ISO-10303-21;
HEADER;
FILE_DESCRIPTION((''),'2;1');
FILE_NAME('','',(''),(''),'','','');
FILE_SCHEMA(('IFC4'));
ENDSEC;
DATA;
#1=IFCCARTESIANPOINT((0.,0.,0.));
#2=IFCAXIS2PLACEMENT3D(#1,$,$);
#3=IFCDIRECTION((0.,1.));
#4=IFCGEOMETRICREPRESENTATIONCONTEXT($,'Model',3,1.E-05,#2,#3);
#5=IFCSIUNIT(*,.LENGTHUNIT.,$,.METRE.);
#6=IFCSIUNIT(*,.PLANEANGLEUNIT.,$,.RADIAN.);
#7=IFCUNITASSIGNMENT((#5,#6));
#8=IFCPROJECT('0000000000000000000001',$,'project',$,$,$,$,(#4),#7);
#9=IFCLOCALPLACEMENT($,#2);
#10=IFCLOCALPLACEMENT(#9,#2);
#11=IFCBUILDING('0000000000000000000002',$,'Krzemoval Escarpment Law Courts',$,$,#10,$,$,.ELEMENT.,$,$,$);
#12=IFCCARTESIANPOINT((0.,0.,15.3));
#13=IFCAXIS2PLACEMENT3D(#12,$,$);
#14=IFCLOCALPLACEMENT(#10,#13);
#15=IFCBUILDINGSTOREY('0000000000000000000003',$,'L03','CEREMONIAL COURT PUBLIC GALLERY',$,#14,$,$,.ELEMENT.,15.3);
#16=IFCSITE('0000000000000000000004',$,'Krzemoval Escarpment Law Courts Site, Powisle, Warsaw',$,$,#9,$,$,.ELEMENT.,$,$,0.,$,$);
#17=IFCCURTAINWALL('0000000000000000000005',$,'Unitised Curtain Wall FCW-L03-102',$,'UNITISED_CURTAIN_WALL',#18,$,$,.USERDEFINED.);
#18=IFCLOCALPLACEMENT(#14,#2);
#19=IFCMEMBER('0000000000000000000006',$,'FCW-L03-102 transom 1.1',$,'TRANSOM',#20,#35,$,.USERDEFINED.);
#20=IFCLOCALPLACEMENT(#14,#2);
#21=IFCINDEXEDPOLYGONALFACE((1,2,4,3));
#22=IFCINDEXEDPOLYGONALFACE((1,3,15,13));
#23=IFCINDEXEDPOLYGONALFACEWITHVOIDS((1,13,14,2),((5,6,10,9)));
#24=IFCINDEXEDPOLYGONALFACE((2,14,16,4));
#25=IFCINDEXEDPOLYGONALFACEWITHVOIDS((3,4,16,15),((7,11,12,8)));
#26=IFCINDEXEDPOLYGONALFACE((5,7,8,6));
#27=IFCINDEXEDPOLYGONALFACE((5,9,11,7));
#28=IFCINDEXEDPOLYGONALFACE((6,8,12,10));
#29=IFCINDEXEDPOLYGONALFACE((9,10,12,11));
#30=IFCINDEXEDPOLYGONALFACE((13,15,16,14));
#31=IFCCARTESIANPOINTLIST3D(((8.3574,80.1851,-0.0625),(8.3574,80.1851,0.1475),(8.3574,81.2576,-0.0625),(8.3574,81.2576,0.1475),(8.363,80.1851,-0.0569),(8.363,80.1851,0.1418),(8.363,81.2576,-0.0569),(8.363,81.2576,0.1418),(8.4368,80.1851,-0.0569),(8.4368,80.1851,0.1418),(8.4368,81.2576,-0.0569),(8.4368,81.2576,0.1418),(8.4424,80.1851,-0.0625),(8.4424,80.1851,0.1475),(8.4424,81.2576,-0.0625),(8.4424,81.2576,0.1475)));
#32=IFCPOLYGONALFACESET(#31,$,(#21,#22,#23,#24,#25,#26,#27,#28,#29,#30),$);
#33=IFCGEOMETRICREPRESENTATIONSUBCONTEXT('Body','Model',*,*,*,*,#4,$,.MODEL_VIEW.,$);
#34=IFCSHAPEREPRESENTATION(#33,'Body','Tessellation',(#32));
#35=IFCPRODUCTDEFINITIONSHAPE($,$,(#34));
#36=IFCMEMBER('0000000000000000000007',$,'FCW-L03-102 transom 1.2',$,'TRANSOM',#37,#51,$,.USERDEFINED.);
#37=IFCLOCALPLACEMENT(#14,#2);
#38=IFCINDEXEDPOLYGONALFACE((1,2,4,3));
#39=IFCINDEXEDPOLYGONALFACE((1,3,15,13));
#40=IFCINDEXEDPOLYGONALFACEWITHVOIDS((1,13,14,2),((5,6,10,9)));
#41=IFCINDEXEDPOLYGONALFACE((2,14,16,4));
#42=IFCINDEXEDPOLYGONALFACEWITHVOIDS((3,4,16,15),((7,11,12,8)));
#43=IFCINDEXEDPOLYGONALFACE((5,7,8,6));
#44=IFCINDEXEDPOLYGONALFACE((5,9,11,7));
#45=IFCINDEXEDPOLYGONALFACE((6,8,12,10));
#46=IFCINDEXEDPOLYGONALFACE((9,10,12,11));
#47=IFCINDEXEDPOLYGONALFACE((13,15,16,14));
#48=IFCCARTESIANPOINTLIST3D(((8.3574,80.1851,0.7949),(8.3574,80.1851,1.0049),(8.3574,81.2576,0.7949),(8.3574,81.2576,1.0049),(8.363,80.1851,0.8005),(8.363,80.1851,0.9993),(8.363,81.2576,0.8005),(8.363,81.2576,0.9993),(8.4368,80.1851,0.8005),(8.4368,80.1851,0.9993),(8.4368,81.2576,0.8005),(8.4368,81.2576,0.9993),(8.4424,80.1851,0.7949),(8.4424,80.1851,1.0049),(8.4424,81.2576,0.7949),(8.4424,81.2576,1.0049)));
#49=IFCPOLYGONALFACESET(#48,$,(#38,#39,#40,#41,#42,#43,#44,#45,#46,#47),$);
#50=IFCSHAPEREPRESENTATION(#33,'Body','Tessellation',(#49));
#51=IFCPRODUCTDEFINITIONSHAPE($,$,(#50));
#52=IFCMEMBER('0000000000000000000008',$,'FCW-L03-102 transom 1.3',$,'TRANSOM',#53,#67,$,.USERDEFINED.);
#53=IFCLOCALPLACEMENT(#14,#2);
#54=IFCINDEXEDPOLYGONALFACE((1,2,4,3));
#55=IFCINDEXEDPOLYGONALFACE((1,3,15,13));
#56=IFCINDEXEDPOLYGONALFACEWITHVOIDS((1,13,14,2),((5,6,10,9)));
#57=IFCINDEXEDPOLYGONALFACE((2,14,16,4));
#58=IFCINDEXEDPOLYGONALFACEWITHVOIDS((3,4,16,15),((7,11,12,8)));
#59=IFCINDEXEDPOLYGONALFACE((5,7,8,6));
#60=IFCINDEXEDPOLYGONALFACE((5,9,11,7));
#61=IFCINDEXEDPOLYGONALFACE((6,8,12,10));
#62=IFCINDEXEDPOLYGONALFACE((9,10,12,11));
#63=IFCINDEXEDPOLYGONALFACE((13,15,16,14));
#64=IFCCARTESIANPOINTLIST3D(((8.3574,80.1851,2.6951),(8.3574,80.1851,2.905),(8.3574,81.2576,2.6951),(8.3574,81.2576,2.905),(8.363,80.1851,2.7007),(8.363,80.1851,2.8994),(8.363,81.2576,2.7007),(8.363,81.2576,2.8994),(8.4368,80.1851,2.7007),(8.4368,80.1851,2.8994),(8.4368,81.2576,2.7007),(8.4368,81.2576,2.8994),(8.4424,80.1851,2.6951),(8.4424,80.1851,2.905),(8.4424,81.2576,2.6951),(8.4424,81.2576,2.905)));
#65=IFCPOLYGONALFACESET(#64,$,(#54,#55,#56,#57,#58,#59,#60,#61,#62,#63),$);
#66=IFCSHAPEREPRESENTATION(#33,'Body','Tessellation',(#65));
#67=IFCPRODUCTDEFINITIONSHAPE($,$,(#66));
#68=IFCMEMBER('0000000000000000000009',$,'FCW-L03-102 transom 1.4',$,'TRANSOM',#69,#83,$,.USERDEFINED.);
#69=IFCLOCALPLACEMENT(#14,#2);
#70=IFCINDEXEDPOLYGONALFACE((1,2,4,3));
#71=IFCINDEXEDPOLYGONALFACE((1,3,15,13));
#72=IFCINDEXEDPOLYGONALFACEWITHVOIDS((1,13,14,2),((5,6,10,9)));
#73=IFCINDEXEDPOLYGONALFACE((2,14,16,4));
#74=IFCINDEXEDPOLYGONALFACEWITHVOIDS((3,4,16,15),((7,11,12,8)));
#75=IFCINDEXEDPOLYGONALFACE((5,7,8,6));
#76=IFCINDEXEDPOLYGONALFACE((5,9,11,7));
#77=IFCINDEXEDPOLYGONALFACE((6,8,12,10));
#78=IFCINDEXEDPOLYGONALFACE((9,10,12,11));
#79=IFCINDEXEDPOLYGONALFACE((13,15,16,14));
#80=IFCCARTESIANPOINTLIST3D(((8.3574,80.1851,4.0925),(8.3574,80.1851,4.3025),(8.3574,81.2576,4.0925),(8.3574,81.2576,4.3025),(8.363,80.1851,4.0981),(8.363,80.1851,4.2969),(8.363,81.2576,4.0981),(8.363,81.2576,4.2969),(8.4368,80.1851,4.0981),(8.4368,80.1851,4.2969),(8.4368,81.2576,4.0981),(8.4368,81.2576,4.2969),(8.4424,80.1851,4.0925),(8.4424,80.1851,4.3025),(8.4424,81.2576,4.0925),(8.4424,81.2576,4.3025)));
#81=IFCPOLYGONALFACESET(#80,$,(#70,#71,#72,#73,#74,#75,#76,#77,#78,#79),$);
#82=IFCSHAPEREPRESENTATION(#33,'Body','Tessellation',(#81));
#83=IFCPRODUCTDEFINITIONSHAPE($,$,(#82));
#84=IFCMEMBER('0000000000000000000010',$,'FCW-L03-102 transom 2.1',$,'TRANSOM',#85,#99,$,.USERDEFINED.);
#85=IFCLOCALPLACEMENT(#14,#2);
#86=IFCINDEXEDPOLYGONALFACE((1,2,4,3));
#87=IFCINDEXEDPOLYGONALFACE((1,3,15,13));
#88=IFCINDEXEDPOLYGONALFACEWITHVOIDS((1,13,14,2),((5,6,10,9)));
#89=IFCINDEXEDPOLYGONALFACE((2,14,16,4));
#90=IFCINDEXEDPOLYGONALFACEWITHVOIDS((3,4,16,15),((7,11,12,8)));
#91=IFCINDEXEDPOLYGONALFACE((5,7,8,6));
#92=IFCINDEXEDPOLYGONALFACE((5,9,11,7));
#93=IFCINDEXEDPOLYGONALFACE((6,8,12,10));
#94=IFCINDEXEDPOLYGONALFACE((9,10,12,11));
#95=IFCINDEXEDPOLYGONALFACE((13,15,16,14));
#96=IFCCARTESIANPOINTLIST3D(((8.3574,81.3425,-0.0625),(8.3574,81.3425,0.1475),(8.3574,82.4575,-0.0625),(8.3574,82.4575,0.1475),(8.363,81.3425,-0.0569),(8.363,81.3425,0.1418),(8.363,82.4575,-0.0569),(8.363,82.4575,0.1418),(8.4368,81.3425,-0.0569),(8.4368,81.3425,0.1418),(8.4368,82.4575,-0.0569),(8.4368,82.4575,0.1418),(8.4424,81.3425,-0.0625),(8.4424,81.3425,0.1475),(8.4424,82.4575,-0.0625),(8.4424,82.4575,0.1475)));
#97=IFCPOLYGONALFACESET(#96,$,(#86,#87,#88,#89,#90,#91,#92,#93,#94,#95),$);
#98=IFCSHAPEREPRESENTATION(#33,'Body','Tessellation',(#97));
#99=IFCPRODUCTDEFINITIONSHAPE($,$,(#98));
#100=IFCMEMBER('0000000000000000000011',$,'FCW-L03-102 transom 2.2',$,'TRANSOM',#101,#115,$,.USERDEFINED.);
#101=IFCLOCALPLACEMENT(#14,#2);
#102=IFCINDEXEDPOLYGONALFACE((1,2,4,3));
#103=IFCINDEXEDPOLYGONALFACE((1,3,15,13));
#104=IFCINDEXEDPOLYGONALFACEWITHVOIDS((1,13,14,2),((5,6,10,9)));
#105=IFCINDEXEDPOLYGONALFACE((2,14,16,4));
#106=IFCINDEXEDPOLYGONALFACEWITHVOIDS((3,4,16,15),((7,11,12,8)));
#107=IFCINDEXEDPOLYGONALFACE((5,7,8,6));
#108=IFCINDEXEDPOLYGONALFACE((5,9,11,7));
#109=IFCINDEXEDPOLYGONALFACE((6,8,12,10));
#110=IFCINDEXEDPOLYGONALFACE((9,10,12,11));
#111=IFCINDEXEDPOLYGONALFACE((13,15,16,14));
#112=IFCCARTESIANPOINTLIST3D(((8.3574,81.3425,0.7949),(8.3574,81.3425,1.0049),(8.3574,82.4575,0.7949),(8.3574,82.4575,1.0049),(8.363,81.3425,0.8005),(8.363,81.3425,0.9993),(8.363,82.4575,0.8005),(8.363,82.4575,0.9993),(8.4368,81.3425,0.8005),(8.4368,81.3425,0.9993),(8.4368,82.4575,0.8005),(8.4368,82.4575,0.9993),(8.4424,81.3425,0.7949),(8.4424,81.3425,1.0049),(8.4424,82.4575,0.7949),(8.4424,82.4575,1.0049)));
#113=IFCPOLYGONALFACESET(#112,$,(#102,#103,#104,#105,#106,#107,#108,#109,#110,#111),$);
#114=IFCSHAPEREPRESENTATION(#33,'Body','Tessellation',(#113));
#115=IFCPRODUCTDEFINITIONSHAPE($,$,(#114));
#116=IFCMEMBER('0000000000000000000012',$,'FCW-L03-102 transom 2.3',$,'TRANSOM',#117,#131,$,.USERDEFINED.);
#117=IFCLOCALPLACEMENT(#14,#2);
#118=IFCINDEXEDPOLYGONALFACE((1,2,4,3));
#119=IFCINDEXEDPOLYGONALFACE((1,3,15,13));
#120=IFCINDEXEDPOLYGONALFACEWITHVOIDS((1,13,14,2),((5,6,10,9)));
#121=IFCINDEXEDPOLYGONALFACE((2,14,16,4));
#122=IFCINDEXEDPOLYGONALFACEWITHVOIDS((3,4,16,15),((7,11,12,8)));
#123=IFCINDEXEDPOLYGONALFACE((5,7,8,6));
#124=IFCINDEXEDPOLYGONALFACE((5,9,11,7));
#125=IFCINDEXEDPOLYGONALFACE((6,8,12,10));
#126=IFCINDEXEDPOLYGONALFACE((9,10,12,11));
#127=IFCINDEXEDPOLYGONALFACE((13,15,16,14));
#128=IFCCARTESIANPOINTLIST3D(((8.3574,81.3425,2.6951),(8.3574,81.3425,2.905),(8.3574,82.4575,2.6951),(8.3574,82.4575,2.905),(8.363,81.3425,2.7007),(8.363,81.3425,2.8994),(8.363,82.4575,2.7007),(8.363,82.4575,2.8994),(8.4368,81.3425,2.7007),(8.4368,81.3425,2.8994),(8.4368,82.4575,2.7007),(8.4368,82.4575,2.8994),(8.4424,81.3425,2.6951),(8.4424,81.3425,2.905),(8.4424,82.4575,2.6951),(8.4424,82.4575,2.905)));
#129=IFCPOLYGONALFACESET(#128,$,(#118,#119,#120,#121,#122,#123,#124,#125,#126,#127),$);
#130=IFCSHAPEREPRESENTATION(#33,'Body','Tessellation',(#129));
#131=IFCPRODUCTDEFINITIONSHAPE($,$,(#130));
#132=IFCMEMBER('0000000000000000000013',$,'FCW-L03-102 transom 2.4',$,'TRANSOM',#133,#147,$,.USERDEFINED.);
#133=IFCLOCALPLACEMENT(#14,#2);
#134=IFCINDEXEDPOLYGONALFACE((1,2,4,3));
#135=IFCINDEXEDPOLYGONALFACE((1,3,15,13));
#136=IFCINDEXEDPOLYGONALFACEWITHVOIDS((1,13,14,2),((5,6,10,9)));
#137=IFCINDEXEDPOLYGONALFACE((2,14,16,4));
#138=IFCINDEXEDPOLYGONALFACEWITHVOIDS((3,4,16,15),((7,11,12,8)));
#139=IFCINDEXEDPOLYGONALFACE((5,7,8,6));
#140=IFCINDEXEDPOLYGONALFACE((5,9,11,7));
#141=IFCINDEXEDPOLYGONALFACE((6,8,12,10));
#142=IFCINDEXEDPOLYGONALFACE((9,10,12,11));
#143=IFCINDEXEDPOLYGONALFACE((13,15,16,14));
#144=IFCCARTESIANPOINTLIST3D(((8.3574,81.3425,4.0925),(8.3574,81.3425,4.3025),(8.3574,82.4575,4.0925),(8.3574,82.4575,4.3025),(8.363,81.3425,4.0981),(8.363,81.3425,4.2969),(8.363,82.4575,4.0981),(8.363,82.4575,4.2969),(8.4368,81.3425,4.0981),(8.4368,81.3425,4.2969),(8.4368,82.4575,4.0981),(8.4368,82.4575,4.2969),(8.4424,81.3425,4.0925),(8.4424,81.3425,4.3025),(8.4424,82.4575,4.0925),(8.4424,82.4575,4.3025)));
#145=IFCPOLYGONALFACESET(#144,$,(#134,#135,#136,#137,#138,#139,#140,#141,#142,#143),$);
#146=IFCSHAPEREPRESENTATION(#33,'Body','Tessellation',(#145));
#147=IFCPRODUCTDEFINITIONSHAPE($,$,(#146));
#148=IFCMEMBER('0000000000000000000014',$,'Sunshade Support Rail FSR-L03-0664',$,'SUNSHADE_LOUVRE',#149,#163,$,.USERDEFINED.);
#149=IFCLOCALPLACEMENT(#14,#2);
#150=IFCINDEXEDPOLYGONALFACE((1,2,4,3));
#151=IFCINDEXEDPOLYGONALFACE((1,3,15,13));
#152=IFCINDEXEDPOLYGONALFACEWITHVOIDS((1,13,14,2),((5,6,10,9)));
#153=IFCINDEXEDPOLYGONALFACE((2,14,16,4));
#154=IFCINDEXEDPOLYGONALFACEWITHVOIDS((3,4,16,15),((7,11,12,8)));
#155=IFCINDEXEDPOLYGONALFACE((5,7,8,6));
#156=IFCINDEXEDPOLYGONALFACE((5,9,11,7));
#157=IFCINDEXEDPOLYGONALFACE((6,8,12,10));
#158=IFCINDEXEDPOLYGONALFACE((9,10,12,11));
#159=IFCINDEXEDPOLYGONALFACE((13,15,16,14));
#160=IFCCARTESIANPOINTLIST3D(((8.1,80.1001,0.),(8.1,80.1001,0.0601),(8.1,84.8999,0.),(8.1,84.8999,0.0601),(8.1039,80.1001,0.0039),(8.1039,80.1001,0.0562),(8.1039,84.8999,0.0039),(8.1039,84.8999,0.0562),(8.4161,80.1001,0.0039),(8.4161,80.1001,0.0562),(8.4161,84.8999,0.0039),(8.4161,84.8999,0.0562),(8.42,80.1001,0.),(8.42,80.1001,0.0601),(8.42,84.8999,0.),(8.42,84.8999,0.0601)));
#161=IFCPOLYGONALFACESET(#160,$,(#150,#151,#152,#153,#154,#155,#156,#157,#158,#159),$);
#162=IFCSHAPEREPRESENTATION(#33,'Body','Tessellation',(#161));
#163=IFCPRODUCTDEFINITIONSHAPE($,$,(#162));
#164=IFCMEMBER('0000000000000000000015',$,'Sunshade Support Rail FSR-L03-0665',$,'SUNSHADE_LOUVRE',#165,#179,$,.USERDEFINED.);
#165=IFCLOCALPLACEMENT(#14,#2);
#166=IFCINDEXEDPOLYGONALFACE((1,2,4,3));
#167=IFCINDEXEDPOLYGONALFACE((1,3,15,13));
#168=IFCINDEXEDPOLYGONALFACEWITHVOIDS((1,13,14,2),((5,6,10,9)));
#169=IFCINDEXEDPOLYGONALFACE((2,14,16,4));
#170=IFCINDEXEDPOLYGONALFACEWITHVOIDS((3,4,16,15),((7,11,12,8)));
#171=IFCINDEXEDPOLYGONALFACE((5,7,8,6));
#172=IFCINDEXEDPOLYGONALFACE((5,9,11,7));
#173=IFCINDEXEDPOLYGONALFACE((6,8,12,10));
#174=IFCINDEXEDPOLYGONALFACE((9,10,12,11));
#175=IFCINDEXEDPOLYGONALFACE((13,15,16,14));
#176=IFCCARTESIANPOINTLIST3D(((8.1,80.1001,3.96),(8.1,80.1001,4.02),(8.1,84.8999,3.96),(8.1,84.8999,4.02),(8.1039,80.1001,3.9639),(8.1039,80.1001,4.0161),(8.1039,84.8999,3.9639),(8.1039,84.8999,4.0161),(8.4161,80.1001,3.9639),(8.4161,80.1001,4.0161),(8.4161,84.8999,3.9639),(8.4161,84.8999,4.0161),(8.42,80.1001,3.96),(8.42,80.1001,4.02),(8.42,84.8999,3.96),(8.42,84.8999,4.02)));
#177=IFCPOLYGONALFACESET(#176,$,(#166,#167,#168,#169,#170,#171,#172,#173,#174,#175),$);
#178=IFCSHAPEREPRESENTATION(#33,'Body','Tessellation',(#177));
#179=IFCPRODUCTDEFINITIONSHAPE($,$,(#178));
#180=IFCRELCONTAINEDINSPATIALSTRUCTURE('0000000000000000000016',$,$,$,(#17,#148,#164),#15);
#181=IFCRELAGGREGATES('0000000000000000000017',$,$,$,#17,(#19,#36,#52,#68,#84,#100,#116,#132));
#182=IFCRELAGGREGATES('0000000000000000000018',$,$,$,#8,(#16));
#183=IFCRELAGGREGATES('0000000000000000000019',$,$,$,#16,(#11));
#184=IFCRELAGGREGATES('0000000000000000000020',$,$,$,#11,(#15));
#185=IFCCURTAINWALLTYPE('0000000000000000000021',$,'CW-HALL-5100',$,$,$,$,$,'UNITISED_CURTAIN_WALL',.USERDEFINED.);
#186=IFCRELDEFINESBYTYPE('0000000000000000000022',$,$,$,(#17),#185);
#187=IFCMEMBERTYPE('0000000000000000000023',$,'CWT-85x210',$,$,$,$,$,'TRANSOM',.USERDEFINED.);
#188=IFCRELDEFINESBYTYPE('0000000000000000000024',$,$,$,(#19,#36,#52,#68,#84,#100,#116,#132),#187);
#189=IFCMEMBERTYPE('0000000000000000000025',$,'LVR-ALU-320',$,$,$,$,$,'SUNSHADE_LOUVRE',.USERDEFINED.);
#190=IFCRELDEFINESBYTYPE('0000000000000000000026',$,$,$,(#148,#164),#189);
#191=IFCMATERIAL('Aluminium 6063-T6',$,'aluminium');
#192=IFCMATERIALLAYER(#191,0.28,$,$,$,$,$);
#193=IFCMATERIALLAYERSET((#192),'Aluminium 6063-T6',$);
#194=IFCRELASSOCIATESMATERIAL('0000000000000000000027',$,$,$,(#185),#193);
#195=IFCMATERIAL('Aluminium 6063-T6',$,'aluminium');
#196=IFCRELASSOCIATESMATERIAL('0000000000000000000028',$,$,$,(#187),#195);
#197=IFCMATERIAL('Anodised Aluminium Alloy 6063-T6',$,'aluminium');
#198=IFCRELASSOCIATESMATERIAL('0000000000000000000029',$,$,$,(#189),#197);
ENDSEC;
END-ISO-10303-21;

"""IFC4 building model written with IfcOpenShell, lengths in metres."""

from ifc_helpers import new_model, si_unit, direction, frame, origin, origin_2d, place, context, subcontext, project, spatial, hollow_rectangle, extrude, material, layer, layer_set, material_profile, profile_set, type_object, element, aggregate, save


model = new_model("IFC4")

# Units and contexts
model_context = context("Model", 3, precision=1e-05, world=origin(), true_north=direction((0.0, 1.0)))
body_context = subcontext(model_context, "Body", "Model", "MODEL_VIEW")
ifc_project = project(units=[si_unit("LENGTHUNIT", "METRE"), si_unit("PLANEANGLEUNIT", "RADIAN")], contexts=[model_context])

# Site, building, storey
site_placement = place(None, origin())
site = spatial("IfcSite", under=ifc_project, at=site_placement, Name="Krzemoval Escarpment Law Courts Site, Powisle, Warsaw", CompositionType="ELEMENT", RefElevation=0.0)
building_placement = place(site_placement, origin())
building = spatial("IfcBuilding", under=site, at=building_placement, Name="Krzemoval Escarpment Law Courts", CompositionType="ELEMENT")
storey_placement = place(building_placement, frame((0.0, 0.0, 15.3)))
storey = spatial("IfcBuildingStorey", under=building, at=storey_placement, Name="L03", Description="CEREMONIAL COURT PUBLIC GALLERY", CompositionType="ELEMENT", Elevation=15.3)

# Curtain wall
ifc_material_1 = material(Name="Aluminium 6063-T6", Category="aluminium")
ifc_layer_1 = layer(ifc_material_1, 0.28)
ifc_layer_set_1 = layer_set([ifc_layer_1], Name="Aluminium 6063-T6")
curtain_wall_type = type_object("IfcCurtainWallType", Name="CW-HALL-5100", ElementType="UNITISED_CURTAIN_WALL", PredefinedType="USERDEFINED", material=ifc_layer_set_1)
curtain_wall_1_placement = place(storey_placement, origin())
curtain_wall_1 = element("IfcCurtainWall", 1, at=curtain_wall_1_placement, inside=storey, type_object=curtain_wall_type, Name="Unitised Curtain Wall FCW-L03-102", ObjectType="UNITISED_CURTAIN_WALL", PredefinedType="USERDEFINED")

# Members
ifc_material_2 = material(Name="Aluminium 6063-T6", Category="aluminium")
ifc_material_profile_1 = material_profile(ifc_material_2, hollow_rectangle(XDim=0.085, YDim=0.21, WallThickness=0.0056, at=origin_2d()), Name="ALU T85x210")
ifc_profile_set_1 = profile_set([ifc_material_profile_1], Name="Aluminium 6063-T6")
member_type_1 = type_object("IfcMemberType", Name="CWT-85x210", ElementType="TRANSOM", PredefinedType="USERDEFINED", material=ifc_profile_set_1)
member_1_placement = place(storey_placement, frame((8.3999, 80.1851, 0.0425), z_axis=(0.0, 1.0, 0.0), x_axis=(-1.0, 0.0, 0.0)))
member_1 = element("IfcMember", 2, at=member_1_placement, type_object=member_type_1, Name="FCW-L03-102 transom 1.1", ObjectType="TRANSOM", PredefinedType="USERDEFINED", context=body_context, shape_type="SweptSolid", body=[
    extrude(hollow_rectangle(XDim=0.085, YDim=0.21, WallThickness=0.0056, at=origin_2d()), origin(), (0.0, 0.0, 1.0), 1.0725),
])
member_2_placement = place(storey_placement, frame((8.3999, 80.1851, 0.8999), z_axis=(0.0, 1.0, 0.0), x_axis=(-1.0, 0.0, 0.0)))
member_2 = element("IfcMember", 3, at=member_2_placement, type_object=member_type_1, Name="FCW-L03-102 transom 1.2", ObjectType="TRANSOM", PredefinedType="USERDEFINED", context=body_context, shape_type="SweptSolid", body=[
    extrude(hollow_rectangle(XDim=0.085, YDim=0.21, WallThickness=0.0056, at=origin_2d()), origin(), (0.0, 0.0, 1.0), 1.0725),
])
member_3_placement = place(storey_placement, frame((8.3999, 80.1851, 2.8), z_axis=(0.0, 1.0, 0.0), x_axis=(-1.0, 0.0, 0.0)))
member_3 = element("IfcMember", 4, at=member_3_placement, type_object=member_type_1, Name="FCW-L03-102 transom 1.3", ObjectType="TRANSOM", PredefinedType="USERDEFINED", context=body_context, shape_type="SweptSolid", body=[
    extrude(hollow_rectangle(XDim=0.085, YDim=0.21, WallThickness=0.0056, at=origin_2d()), origin(), (0.0, 0.0, 1.0), 1.0725),
])
member_4_placement = place(storey_placement, frame((8.3999, 80.1851, 4.1975), z_axis=(0.0, 1.0, 0.0), x_axis=(-1.0, 0.0, 0.0)))
member_4 = element("IfcMember", 5, at=member_4_placement, type_object=member_type_1, Name="FCW-L03-102 transom 1.4", ObjectType="TRANSOM", PredefinedType="USERDEFINED", context=body_context, shape_type="SweptSolid", body=[
    extrude(hollow_rectangle(XDim=0.085, YDim=0.21, WallThickness=0.0056, at=origin_2d()), origin(), (0.0, 0.0, 1.0), 1.0725),
])
member_5_placement = place(storey_placement, frame((8.3999, 81.3425, 0.0425), z_axis=(0.0, 1.0, 0.0), x_axis=(-1.0, 0.0, 0.0)))
member_5 = element("IfcMember", 6, at=member_5_placement, type_object=member_type_1, Name="FCW-L03-102 transom 2.1", ObjectType="TRANSOM", PredefinedType="USERDEFINED", context=body_context, shape_type="SweptSolid", body=[
    extrude(hollow_rectangle(XDim=0.085, YDim=0.21, WallThickness=0.0056, at=origin_2d()), origin(), (0.0, 0.0, 1.0), 1.115),
])
member_6_placement = place(storey_placement, frame((8.3999, 81.3425, 0.8999), z_axis=(0.0, 1.0, 0.0), x_axis=(-1.0, 0.0, 0.0)))
member_6 = element("IfcMember", 7, at=member_6_placement, type_object=member_type_1, Name="FCW-L03-102 transom 2.2", ObjectType="TRANSOM", PredefinedType="USERDEFINED", context=body_context, shape_type="SweptSolid", body=[
    extrude(hollow_rectangle(XDim=0.085, YDim=0.21, WallThickness=0.0056, at=origin_2d()), origin(), (0.0, 0.0, 1.0), 1.115),
])
member_7_placement = place(storey_placement, frame((8.3999, 81.3425, 2.8), z_axis=(0.0, 1.0, 0.0), x_axis=(-1.0, 0.0, 0.0)))
member_7 = element("IfcMember", 8, at=member_7_placement, type_object=member_type_1, Name="FCW-L03-102 transom 2.3", ObjectType="TRANSOM", PredefinedType="USERDEFINED", context=body_context, shape_type="SweptSolid", body=[
    extrude(hollow_rectangle(XDim=0.085, YDim=0.21, WallThickness=0.0056, at=origin_2d()), origin(), (0.0, 0.0, 1.0), 1.115),
])
member_8_placement = place(storey_placement, frame((8.3999, 81.3425, 4.1975), z_axis=(0.0, 1.0, 0.0), x_axis=(-1.0, 0.0, 0.0)))
member_8 = element("IfcMember", 9, at=member_8_placement, type_object=member_type_1, Name="FCW-L03-102 transom 2.4", ObjectType="TRANSOM", PredefinedType="USERDEFINED", context=body_context, shape_type="SweptSolid", body=[
    extrude(hollow_rectangle(XDim=0.085, YDim=0.21, WallThickness=0.0056, at=origin_2d()), origin(), (0.0, 0.0, 1.0), 1.115),
])

# Members
ifc_material_3 = material(Name="Anodised Aluminium Alloy 6063-T6", Category="aluminium")
ifc_material_profile_2 = material_profile(ifc_material_3, hollow_rectangle(XDim=0.0601, YDim=0.3201, WallThickness=0.0039, at=origin_2d()), Name="ALU LVR 60x320")
ifc_profile_set_2 = profile_set([ifc_material_profile_2], Name="Anodised Aluminium Alloy 6063-T6")
member_type_2 = type_object("IfcMemberType", Name="LVR-ALU-320", ElementType="SUNSHADE_LOUVRE", PredefinedType="USERDEFINED", material=ifc_profile_set_2)
for number, where, z_axis, x_axis, name in (
    (10, (8.26, 80.1001, 0.03), (0.0, 1.0, 0.0), (0.0, 0.0, 1.0), "Sunshade Support Rail FSR-L03-0664"),
    (11, (8.26, 80.1001, 3.99), (0.0, 1.0, 0.0), (0.0, 0.0, 1.0), "Sunshade Support Rail FSR-L03-0665"),
):
    element("IfcMember", number, at=place(storey_placement, frame(where, z_axis=z_axis, x_axis=x_axis)), inside=storey, type_object=member_type_2, Name=name, ObjectType="SUNSHADE_LOUVRE", PredefinedType="USERDEFINED", context=body_context, shape_type="SweptSolid", body=[
        extrude(hollow_rectangle(XDim=0.0601, YDim=0.3201, WallThickness=0.0039, at=origin_2d()), origin(), (0.0, 0.0, 1.0), 4.7998),
    ])

aggregate(curtain_wall_1, [member_1, member_2, member_3, member_4, member_5, member_6, member_7, member_8])

save(model, "model.ifc")
